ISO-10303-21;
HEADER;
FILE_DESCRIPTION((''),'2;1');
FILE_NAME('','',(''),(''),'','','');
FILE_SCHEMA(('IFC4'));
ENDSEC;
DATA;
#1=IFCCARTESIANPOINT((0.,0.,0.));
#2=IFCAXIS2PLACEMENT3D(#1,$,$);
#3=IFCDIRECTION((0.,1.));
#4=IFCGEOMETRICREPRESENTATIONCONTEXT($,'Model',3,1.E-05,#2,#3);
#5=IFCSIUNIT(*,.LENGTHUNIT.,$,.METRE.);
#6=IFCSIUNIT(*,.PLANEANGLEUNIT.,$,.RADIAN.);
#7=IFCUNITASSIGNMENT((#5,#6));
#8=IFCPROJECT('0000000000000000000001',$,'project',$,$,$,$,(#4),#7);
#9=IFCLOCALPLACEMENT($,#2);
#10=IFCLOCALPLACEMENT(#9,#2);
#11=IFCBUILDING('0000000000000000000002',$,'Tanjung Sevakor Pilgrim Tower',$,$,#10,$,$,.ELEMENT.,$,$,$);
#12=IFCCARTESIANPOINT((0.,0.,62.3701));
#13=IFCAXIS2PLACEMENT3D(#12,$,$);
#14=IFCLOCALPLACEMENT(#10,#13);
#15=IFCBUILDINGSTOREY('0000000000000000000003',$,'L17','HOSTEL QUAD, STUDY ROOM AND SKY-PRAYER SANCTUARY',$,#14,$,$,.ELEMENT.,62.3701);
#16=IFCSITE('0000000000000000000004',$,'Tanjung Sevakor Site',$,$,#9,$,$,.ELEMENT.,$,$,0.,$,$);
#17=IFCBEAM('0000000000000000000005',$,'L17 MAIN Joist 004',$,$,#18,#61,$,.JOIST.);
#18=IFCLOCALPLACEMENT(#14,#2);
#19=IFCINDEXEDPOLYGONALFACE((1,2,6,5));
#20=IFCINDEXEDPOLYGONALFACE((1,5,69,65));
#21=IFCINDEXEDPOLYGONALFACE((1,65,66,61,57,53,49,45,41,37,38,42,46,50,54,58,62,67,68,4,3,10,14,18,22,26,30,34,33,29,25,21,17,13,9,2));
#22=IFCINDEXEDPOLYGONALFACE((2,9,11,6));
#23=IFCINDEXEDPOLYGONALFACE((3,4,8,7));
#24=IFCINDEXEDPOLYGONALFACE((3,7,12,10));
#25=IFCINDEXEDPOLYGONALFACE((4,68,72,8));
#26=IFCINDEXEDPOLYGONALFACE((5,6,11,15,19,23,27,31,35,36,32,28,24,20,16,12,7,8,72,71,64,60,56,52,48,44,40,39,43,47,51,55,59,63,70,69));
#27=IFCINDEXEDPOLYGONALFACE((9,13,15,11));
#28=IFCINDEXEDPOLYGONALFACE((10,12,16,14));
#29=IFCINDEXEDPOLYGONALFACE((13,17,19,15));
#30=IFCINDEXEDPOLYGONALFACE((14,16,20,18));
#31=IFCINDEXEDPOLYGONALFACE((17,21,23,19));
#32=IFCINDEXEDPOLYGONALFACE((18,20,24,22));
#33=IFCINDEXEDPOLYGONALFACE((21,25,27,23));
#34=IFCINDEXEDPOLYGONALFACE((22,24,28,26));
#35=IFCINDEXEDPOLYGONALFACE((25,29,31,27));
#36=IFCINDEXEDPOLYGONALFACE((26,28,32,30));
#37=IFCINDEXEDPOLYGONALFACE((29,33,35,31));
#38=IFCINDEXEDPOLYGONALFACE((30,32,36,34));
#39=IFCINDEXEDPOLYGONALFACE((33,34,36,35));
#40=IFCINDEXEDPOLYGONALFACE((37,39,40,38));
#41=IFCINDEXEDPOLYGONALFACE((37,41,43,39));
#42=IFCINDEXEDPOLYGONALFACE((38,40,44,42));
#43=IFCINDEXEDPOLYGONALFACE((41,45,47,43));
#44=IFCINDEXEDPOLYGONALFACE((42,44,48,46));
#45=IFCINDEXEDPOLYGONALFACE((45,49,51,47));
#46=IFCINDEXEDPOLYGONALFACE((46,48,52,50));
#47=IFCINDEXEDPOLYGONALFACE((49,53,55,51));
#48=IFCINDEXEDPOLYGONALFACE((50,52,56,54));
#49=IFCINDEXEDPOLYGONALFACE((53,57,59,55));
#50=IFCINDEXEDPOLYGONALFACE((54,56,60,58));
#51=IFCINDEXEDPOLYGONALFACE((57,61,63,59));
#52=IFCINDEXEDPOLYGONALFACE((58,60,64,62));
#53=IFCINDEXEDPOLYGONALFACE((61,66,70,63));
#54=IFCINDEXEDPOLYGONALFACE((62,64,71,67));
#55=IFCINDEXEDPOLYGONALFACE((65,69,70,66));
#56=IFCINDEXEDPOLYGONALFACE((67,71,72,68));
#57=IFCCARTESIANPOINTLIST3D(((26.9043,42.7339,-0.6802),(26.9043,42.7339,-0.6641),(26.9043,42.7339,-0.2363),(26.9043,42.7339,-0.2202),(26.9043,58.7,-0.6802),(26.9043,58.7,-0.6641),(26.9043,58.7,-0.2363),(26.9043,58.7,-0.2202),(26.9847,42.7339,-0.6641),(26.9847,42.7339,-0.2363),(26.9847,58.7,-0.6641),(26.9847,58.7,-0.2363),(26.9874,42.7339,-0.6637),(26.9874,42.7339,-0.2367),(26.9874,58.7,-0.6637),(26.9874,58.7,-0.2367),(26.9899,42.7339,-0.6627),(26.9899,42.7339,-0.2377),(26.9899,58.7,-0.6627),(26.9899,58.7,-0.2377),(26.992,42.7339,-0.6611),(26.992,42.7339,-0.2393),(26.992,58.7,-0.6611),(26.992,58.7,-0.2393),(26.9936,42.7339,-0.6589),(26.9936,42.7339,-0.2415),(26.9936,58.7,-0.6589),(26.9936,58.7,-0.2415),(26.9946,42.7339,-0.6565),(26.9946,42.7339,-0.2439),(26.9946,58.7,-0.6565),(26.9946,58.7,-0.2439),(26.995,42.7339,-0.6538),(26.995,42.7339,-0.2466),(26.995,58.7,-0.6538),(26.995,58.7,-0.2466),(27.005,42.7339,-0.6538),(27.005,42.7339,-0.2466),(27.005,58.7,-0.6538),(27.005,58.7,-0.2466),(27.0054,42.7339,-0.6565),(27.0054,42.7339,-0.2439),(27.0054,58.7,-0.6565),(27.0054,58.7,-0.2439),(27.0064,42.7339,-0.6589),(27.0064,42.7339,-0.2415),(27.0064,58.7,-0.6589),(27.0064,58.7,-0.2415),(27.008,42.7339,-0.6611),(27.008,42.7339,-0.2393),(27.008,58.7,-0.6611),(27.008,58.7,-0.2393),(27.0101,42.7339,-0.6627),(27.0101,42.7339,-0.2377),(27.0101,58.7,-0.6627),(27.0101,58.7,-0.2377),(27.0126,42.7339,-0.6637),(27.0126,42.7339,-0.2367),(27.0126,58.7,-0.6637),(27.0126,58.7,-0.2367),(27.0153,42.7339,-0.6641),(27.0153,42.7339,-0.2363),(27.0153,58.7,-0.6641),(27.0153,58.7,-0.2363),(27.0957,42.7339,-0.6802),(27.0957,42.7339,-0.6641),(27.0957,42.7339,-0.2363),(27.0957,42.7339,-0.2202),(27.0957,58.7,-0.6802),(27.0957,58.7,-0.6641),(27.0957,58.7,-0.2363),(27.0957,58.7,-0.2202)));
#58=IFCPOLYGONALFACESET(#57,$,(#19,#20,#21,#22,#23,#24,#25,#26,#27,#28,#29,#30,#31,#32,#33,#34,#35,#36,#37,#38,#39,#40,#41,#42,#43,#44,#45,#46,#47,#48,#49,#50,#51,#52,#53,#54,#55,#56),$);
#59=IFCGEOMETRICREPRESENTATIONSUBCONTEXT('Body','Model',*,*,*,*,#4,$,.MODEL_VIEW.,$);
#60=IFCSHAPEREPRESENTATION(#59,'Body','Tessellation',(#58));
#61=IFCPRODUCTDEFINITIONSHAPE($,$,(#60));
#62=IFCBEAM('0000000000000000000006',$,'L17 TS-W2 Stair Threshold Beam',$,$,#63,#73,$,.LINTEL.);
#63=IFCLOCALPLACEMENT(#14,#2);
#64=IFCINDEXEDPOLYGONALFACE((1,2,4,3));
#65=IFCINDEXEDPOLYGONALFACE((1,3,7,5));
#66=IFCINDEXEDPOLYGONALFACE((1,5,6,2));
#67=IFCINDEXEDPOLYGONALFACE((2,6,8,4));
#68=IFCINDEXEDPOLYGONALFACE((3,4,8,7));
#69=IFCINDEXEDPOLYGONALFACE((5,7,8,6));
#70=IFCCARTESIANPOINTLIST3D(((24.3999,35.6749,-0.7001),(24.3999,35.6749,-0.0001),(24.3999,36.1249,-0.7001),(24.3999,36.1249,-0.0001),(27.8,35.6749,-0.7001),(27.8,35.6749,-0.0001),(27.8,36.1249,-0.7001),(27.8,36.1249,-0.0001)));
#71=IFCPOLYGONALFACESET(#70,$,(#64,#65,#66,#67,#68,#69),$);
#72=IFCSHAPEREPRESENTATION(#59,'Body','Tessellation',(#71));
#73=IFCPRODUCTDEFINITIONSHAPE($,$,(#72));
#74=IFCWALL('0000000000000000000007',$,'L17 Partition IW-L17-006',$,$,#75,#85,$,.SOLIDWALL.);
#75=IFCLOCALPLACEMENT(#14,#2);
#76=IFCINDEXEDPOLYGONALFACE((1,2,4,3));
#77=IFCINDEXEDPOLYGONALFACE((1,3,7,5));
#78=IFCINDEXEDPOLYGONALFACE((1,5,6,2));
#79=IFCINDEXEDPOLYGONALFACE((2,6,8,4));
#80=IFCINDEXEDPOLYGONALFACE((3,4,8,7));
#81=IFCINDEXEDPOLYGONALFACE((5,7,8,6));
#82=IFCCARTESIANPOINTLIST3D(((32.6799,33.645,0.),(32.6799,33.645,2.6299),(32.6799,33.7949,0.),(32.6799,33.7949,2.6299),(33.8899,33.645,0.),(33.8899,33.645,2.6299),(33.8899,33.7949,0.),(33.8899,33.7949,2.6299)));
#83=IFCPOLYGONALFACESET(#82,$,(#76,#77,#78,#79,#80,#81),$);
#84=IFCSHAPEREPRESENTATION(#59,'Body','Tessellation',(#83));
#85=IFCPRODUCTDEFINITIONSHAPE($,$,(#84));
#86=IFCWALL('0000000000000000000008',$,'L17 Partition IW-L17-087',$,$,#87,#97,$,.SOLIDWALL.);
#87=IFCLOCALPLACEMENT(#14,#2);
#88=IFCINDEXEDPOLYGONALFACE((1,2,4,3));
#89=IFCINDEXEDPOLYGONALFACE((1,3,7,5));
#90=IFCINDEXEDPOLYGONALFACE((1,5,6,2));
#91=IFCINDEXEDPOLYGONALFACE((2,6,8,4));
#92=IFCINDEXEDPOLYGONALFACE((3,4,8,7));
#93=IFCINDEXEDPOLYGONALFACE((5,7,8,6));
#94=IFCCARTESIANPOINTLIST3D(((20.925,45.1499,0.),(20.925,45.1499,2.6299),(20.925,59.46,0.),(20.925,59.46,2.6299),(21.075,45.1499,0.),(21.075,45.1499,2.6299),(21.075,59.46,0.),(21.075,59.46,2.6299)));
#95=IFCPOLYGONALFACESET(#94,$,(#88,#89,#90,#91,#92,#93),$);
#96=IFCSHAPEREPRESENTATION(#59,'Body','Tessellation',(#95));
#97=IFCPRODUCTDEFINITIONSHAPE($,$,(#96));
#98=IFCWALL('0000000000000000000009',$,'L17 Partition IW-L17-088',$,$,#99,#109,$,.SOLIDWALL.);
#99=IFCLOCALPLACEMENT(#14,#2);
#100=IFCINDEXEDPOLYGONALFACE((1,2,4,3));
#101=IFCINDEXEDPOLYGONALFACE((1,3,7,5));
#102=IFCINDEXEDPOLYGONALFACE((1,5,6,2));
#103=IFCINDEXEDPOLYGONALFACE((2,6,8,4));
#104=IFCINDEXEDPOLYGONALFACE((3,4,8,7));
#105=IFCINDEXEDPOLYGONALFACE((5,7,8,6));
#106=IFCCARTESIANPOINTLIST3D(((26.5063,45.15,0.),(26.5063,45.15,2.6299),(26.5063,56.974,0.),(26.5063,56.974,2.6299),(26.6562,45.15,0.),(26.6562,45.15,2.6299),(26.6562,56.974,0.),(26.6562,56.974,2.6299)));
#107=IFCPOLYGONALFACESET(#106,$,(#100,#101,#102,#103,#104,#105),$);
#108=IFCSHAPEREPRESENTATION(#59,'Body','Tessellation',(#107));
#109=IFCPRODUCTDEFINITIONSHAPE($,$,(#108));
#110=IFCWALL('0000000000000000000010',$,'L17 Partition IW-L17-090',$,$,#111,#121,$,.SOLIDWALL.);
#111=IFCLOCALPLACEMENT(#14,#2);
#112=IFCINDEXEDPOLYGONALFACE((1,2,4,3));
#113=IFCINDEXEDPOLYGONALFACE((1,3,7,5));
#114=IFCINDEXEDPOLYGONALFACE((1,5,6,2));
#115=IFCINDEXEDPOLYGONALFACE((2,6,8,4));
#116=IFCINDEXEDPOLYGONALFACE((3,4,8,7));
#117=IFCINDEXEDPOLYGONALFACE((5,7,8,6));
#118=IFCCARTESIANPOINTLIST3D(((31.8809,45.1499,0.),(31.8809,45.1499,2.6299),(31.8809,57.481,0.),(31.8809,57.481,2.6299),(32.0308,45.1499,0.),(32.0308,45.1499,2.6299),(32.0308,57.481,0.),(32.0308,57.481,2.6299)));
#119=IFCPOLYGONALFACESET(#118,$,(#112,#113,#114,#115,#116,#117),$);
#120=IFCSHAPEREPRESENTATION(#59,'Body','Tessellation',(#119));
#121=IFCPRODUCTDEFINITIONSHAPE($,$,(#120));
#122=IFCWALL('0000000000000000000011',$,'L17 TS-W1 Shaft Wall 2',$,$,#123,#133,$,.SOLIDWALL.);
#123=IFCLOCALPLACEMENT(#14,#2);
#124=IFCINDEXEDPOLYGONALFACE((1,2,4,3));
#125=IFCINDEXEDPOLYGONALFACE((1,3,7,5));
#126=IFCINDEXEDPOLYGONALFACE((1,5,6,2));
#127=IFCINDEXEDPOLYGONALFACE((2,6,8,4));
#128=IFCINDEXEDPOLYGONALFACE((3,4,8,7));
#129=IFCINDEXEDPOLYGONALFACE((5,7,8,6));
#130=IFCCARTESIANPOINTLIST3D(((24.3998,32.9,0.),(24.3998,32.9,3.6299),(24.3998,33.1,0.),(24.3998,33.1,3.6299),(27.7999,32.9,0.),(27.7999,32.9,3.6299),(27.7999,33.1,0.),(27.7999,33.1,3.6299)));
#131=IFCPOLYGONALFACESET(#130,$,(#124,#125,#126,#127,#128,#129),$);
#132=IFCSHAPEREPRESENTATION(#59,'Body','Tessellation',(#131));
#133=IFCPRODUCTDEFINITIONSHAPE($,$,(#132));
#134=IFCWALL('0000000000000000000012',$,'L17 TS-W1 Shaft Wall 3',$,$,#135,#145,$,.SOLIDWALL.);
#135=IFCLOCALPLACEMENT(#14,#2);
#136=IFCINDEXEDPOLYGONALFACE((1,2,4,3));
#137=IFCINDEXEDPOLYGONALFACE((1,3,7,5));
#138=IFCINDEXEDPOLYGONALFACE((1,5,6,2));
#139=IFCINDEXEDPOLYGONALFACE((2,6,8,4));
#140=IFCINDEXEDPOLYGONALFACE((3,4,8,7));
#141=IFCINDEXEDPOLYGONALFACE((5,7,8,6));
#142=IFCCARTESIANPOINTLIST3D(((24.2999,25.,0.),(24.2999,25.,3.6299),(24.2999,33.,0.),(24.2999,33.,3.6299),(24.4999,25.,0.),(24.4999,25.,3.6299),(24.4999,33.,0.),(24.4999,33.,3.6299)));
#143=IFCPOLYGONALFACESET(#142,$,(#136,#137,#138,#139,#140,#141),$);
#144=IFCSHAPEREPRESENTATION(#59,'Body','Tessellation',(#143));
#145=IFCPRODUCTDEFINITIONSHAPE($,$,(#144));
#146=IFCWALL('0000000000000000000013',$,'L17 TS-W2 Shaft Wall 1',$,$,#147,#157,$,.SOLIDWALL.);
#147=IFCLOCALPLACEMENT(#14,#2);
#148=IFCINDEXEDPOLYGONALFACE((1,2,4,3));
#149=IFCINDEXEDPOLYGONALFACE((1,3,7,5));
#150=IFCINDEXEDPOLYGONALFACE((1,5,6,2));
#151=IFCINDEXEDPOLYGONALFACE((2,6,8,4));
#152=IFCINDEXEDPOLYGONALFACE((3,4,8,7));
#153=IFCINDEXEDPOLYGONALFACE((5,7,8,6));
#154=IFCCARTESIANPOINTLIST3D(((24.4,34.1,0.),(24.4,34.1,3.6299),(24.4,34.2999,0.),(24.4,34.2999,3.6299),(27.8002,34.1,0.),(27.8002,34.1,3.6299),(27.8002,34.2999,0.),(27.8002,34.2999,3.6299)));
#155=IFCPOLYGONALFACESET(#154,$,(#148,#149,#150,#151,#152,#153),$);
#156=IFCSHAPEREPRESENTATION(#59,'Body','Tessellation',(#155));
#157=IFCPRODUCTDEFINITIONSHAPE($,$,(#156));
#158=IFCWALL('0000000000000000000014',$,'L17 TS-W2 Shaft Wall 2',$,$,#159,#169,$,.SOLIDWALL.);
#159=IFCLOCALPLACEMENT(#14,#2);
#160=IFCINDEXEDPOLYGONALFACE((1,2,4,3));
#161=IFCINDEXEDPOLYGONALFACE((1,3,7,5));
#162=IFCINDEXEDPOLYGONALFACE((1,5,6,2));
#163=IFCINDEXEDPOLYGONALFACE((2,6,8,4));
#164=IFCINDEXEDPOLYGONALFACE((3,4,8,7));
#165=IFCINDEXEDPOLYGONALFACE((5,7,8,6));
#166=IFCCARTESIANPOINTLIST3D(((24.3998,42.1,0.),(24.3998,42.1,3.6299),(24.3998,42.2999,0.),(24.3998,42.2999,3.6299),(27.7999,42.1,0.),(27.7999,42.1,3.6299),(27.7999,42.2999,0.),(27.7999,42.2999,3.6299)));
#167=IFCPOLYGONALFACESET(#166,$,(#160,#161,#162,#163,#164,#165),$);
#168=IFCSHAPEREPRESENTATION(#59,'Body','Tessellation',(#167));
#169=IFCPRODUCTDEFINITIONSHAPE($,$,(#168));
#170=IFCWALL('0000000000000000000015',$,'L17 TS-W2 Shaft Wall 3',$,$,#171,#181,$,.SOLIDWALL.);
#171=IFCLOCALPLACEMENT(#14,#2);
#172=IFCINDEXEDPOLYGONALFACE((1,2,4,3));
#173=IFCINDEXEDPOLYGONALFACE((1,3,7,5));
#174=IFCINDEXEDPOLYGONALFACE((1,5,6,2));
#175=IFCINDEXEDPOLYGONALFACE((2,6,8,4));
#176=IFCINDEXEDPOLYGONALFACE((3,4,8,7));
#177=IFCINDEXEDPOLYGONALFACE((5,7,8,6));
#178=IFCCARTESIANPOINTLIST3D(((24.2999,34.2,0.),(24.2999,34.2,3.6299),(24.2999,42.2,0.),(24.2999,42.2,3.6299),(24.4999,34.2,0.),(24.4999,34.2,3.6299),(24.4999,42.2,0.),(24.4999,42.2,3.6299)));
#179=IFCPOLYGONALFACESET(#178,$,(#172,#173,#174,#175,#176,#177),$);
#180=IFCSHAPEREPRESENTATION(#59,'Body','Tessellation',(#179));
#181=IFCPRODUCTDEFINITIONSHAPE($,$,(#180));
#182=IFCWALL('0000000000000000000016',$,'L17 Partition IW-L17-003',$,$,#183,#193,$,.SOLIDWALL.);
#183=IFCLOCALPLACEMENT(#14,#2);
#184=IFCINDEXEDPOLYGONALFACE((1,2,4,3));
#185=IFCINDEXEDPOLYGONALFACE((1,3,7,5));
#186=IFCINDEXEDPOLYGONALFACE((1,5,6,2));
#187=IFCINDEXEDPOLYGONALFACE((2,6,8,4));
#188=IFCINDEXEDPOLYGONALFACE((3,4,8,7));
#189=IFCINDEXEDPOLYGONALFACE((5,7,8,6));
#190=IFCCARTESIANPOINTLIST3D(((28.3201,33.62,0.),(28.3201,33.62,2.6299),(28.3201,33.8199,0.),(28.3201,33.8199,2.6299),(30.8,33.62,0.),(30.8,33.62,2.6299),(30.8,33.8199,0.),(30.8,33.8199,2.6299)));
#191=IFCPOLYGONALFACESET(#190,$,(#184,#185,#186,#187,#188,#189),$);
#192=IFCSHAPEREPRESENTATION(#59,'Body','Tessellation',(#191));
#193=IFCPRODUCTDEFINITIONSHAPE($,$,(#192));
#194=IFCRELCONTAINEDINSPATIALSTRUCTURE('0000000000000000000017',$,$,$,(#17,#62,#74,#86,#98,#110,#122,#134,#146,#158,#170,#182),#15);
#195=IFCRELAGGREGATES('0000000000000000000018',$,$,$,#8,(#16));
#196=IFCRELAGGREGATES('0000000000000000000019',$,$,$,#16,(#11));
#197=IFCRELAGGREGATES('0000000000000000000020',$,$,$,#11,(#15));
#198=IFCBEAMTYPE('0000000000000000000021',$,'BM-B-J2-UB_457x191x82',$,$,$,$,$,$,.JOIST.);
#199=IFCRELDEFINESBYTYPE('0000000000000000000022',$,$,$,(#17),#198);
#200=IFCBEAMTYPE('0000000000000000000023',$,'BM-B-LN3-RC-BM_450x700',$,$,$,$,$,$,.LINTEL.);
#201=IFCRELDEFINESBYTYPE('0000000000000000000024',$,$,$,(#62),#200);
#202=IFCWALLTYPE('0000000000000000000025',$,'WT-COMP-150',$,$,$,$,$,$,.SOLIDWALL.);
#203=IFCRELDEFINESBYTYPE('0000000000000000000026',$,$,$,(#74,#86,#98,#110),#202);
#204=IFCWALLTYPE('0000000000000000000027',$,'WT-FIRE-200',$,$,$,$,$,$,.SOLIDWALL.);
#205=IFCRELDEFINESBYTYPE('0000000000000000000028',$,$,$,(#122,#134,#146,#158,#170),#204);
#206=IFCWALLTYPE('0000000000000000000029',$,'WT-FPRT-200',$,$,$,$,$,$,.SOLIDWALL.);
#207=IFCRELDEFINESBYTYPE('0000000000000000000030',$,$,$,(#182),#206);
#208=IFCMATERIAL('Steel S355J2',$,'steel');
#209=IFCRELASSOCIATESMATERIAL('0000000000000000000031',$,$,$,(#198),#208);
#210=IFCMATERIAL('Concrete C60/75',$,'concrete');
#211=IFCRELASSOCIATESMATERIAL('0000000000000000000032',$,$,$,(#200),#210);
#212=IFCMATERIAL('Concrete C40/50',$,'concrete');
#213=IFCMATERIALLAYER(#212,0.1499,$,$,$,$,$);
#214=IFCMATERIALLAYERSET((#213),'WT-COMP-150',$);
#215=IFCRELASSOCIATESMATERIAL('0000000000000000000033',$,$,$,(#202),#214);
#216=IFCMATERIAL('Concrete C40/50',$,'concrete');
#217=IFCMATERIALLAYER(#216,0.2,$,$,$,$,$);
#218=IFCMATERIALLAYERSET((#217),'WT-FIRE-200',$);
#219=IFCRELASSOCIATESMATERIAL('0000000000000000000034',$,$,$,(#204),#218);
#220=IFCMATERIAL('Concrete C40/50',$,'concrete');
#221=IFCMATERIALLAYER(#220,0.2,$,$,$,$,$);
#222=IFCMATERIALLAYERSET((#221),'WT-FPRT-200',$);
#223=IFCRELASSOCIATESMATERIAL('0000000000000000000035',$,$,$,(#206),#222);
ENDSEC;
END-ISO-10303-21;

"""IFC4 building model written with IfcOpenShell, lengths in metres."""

from ifc_helpers import new_model, si_unit, direction, frame, frame_2d, origin, origin_2d, place, context, subcontext, project, spatial, rectangle, i_section, extrude, material, layer, layer_set, material_profile, profile_set, type_object, element, save


model = new_model("IFC4")

# Units and contexts
model_context = context("Model", 3, precision=1e-05, world=origin(), true_north=direction((0.0, 1.0)))
body_context = subcontext(model_context, "Body", "Model", "MODEL_VIEW")
ifc_project = project(units=[si_unit("LENGTHUNIT", "METRE"), si_unit("PLANEANGLEUNIT", "RADIAN")], contexts=[model_context])

# Site, building, storey
site_placement = place(None, origin())
site = spatial("IfcSite", under=ifc_project, at=site_placement, Name="Tanjung Sevakor Site", CompositionType="ELEMENT", RefElevation=0.0)
building_placement = place(site_placement, origin())
building = spatial("IfcBuilding", under=site, at=building_placement, Name="Tanjung Sevakor Pilgrim Tower", CompositionType="ELEMENT")
storey_placement = place(building_placement, frame((0.0, 0.0, 62.3701)))
storey = spatial("IfcBuildingStorey", under=building, at=storey_placement, Name="L17", Description="HOSTEL QUAD, STUDY ROOM AND SKY-PRAYER SANCTUARY", CompositionType="ELEMENT", Elevation=62.3701)

# Beams
ifc_material_1 = material(Name="Steel S355J2", Category="steel")
ifc_material_profile_1 = material_profile(ifc_material_1, i_section(OverallWidth=0.1914, OverallDepth=0.46, WebThickness=0.01, FlangeThickness=0.0161, FilletRadius=0.0103, at=origin_2d()))
ifc_profile_set_1 = profile_set([ifc_material_profile_1], Name="Steel S355J2")
beam_type_1 = type_object("IfcBeamType", Name="BM-B-J2-UB_457x191x82", PredefinedType="JOIST", material=ifc_profile_set_1)
beam_1_placement = place(storey_placement, frame((27.0, 42.7339, -0.4502), z_axis=(0.0, 1.0, 0.0), x_axis=(-1.0, 0.0, 0.0)))
element("IfcBeam", 1, at=beam_1_placement, inside=storey, type_object=beam_type_1, Name="L17 MAIN Joist 004", PredefinedType="JOIST", context=body_context, shape_type="SweptSolid", body=[
    extrude(i_section(OverallWidth=0.1914, OverallDepth=0.46, WebThickness=0.01, FlangeThickness=0.0161, FilletRadius=0.0103, at=origin_2d()), origin(), (0.0, 0.0, 1.0), 15.9661),
])
ifc_material_2 = material(Name="Concrete C60/75", Category="concrete")
ifc_material_profile_2 = material_profile(ifc_material_2, rectangle(XDim=0.45, YDim=0.7, at=origin_2d()))
ifc_profile_set_2 = profile_set([ifc_material_profile_2], Name="Concrete C60/75")
beam_type_2 = type_object("IfcBeamType", Name="BM-B-LN3-RC-BM_450x700", PredefinedType="LINTEL", material=ifc_profile_set_2)
beam_2_placement = place(storey_placement, frame((24.3999, 35.8999, -0.3501), z_axis=(1.0, 0.0, 0.0), x_axis=(0.0, 1.0, 0.0)))
element("IfcBeam", 2, at=beam_2_placement, inside=storey, type_object=beam_type_2, Name="L17 TS-W2 Stair Threshold Beam", PredefinedType="LINTEL", context=body_context, shape_type="SweptSolid", body=[
    extrude(rectangle(XDim=0.45, YDim=0.7, at=origin_2d()), origin(), (0.0, 0.0, 1.0), 3.4001),
])

# Walls
ifc_material_3 = material(Name="Concrete C40/50", Category="concrete")
ifc_layer_1 = layer(ifc_material_3, 0.1499)
ifc_layer_set_1 = layer_set([ifc_layer_1], Name="WT-COMP-150")
wall_type_1 = type_object("IfcWallType", Name="WT-COMP-150", PredefinedType="SOLIDWALL", material=ifc_layer_set_1)
wall_1_placement = place(storey_placement, frame((32.6799, 33.72, 0.0), z_axis=(0.0, 0.0, 1.0), x_axis=(1.0, 0.0, 0.0)))
element("IfcWall", 3, at=wall_1_placement, inside=storey, type_object=wall_type_1, Name="L17 Partition IW-L17-006", PredefinedType="SOLIDWALL", context=body_context, shape_type="SweptSolid", body=[
    extrude(rectangle(XDim=1.21, YDim=0.1499, at=frame_2d((0.605, 0.0))), origin(), (0.0, 0.0, 1.0), 2.6299),
])
wall_2_placement = place(storey_placement, frame((21.0, 45.1499, 0.0), z_axis=(0.0, 0.0, 1.0), x_axis=(0.0, 1.0, 0.0)))
element("IfcWall", 4, at=wall_2_placement, inside=storey, type_object=wall_type_1, Name="L17 Partition IW-L17-087", PredefinedType="SOLIDWALL", context=body_context, shape_type="SweptSolid", body=[
    extrude(rectangle(XDim=14.3101, YDim=0.1499, at=frame_2d((7.155, 0.0))), origin(), (0.0, 0.0, 1.0), 2.6299),
])
wall_3_placement = place(storey_placement, frame((26.5813, 45.1499, 0.0), z_axis=(0.0, 0.0, 1.0), x_axis=(0.0, 1.0, 0.0)))
element("IfcWall", 5, at=wall_3_placement, inside=storey, type_object=wall_type_1, Name="L17 Partition IW-L17-088", PredefinedType="SOLIDWALL", context=body_context, shape_type="SweptSolid", body=[
    extrude(rectangle(XDim=11.824, YDim=0.1499, at=frame_2d((5.9121, 0.0))), origin(), (0.0, 0.0, 1.0), 2.6299),
])

# Wall
wall_4_placement = place(storey_placement, frame((31.9558, 45.1499, 0.0), z_axis=(0.0, 0.0, 1.0), x_axis=(0.0, 1.0, 0.0)))
element("IfcWall", 6, at=wall_4_placement, inside=storey, type_object=wall_type_1, Name="L17 Partition IW-L17-090", PredefinedType="SOLIDWALL", context=body_context, shape_type="SweptSolid", body=[
    extrude(rectangle(XDim=12.3311, YDim=0.1499, at=frame_2d((6.1655, 0.0))), origin(), (0.0, 0.0, 1.0), 2.6299),
])

# Walls
ifc_material_4 = material(Name="Concrete C40/50", Category="concrete")
ifc_layer_2 = layer(ifc_material_4, 0.2)
ifc_layer_set_2 = layer_set([ifc_layer_2], Name="WT-FIRE-200")
wall_type_2 = type_object("IfcWallType", Name="WT-FIRE-200", PredefinedType="SOLIDWALL", material=ifc_layer_set_2)
wall_5_placement = place(storey_placement, frame((27.8, 33.0, 0.0), z_axis=(0.0, 0.0, 1.0), x_axis=(-1.0, 0.0, 0.0)))
element("IfcWall", 7, at=wall_5_placement, inside=storey, type_object=wall_type_2, Name="L17 TS-W1 Shaft Wall 2", PredefinedType="SOLIDWALL", context=body_context, shape_type="SweptSolid", body=[
    extrude(rectangle(XDim=3.4001, YDim=0.2, at=frame_2d((1.7002, 0.0))), origin(), (0.0, 0.0, 1.0), 3.6299),
])
wall_6_placement = place(storey_placement, frame((24.3999, 33.0, 0.0), z_axis=(0.0, 0.0, 1.0), x_axis=(0.0, -1.0, 0.0)))
element("IfcWall", 8, at=wall_6_placement, inside=storey, type_object=wall_type_2, Name="L17 TS-W1 Shaft Wall 3", PredefinedType="SOLIDWALL", context=body_context, shape_type="SweptSolid", body=[
    extrude(rectangle(XDim=8.0, YDim=0.2, at=frame_2d((4.0, 0.0))), origin(), (0.0, 0.0, 1.0), 3.6299),
])
for number, where, z_axis, x_axis, name in (
    (9, (24.3999, 34.2, 0.0), (0.0, 0.0, 1.0), (1.0, 0.0, 0.0), "L17 TS-W2 Shaft Wall 1"),
    (10, (27.8, 42.2, 0.0), (0.0, 0.0, 1.0), (-1.0, 0.0, 0.0), "L17 TS-W2 Shaft Wall 2"),
):
    element("IfcWall", number, at=place(storey_placement, frame(where, z_axis=z_axis, x_axis=x_axis)), inside=storey, type_object=wall_type_2, Name=name, PredefinedType="SOLIDWALL", context=body_context, shape_type="SweptSolid", body=[
        extrude(rectangle(XDim=3.4001, YDim=0.2, at=frame_2d((1.7002, 0.0))), origin(), (0.0, 0.0, 1.0), 3.6299),
    ])
wall_7_placement = place(storey_placement, frame((24.3999, 42.2, 0.0), z_axis=(0.0, 0.0, 1.0), x_axis=(0.0, -1.0, 0.0)))
element("IfcWall", 11, at=wall_7_placement, inside=storey, type_object=wall_type_2, Name="L17 TS-W2 Shaft Wall 3", PredefinedType="SOLIDWALL", context=body_context, shape_type="SweptSolid", body=[
    extrude(rectangle(XDim=8.0, YDim=0.2, at=frame_2d((4.0, 0.0))), origin(), (0.0, 0.0, 1.0), 3.6299),
])
ifc_material_5 = material(Name="Concrete C40/50", Category="concrete")
ifc_layer_3 = layer(ifc_material_5, 0.2)
ifc_layer_set_3 = layer_set([ifc_layer_3], Name="WT-FPRT-200")
wall_type_3 = type_object("IfcWallType", Name="WT-FPRT-200", PredefinedType="SOLIDWALL", material=ifc_layer_set_3)
for number, where, z_axis, x_axis, name in (
    (12, (28.3201, 33.72, 0.0), (0.0, 0.0, 1.0), (1.0, 0.0, 0.0), "L17 Partition IW-L17-003"),
):
    element("IfcWall", number, at=place(storey_placement, frame(where, z_axis=z_axis, x_axis=x_axis)), inside=storey, type_object=wall_type_3, Name=name, PredefinedType="SOLIDWALL", context=body_context, shape_type="SweptSolid", body=[
        extrude(rectangle(XDim=2.48, YDim=0.2, at=frame_2d((1.24, 0.0))), origin(), (0.0, 0.0, 1.0), 2.6299),
    ])

save(model, "model.ifc")
